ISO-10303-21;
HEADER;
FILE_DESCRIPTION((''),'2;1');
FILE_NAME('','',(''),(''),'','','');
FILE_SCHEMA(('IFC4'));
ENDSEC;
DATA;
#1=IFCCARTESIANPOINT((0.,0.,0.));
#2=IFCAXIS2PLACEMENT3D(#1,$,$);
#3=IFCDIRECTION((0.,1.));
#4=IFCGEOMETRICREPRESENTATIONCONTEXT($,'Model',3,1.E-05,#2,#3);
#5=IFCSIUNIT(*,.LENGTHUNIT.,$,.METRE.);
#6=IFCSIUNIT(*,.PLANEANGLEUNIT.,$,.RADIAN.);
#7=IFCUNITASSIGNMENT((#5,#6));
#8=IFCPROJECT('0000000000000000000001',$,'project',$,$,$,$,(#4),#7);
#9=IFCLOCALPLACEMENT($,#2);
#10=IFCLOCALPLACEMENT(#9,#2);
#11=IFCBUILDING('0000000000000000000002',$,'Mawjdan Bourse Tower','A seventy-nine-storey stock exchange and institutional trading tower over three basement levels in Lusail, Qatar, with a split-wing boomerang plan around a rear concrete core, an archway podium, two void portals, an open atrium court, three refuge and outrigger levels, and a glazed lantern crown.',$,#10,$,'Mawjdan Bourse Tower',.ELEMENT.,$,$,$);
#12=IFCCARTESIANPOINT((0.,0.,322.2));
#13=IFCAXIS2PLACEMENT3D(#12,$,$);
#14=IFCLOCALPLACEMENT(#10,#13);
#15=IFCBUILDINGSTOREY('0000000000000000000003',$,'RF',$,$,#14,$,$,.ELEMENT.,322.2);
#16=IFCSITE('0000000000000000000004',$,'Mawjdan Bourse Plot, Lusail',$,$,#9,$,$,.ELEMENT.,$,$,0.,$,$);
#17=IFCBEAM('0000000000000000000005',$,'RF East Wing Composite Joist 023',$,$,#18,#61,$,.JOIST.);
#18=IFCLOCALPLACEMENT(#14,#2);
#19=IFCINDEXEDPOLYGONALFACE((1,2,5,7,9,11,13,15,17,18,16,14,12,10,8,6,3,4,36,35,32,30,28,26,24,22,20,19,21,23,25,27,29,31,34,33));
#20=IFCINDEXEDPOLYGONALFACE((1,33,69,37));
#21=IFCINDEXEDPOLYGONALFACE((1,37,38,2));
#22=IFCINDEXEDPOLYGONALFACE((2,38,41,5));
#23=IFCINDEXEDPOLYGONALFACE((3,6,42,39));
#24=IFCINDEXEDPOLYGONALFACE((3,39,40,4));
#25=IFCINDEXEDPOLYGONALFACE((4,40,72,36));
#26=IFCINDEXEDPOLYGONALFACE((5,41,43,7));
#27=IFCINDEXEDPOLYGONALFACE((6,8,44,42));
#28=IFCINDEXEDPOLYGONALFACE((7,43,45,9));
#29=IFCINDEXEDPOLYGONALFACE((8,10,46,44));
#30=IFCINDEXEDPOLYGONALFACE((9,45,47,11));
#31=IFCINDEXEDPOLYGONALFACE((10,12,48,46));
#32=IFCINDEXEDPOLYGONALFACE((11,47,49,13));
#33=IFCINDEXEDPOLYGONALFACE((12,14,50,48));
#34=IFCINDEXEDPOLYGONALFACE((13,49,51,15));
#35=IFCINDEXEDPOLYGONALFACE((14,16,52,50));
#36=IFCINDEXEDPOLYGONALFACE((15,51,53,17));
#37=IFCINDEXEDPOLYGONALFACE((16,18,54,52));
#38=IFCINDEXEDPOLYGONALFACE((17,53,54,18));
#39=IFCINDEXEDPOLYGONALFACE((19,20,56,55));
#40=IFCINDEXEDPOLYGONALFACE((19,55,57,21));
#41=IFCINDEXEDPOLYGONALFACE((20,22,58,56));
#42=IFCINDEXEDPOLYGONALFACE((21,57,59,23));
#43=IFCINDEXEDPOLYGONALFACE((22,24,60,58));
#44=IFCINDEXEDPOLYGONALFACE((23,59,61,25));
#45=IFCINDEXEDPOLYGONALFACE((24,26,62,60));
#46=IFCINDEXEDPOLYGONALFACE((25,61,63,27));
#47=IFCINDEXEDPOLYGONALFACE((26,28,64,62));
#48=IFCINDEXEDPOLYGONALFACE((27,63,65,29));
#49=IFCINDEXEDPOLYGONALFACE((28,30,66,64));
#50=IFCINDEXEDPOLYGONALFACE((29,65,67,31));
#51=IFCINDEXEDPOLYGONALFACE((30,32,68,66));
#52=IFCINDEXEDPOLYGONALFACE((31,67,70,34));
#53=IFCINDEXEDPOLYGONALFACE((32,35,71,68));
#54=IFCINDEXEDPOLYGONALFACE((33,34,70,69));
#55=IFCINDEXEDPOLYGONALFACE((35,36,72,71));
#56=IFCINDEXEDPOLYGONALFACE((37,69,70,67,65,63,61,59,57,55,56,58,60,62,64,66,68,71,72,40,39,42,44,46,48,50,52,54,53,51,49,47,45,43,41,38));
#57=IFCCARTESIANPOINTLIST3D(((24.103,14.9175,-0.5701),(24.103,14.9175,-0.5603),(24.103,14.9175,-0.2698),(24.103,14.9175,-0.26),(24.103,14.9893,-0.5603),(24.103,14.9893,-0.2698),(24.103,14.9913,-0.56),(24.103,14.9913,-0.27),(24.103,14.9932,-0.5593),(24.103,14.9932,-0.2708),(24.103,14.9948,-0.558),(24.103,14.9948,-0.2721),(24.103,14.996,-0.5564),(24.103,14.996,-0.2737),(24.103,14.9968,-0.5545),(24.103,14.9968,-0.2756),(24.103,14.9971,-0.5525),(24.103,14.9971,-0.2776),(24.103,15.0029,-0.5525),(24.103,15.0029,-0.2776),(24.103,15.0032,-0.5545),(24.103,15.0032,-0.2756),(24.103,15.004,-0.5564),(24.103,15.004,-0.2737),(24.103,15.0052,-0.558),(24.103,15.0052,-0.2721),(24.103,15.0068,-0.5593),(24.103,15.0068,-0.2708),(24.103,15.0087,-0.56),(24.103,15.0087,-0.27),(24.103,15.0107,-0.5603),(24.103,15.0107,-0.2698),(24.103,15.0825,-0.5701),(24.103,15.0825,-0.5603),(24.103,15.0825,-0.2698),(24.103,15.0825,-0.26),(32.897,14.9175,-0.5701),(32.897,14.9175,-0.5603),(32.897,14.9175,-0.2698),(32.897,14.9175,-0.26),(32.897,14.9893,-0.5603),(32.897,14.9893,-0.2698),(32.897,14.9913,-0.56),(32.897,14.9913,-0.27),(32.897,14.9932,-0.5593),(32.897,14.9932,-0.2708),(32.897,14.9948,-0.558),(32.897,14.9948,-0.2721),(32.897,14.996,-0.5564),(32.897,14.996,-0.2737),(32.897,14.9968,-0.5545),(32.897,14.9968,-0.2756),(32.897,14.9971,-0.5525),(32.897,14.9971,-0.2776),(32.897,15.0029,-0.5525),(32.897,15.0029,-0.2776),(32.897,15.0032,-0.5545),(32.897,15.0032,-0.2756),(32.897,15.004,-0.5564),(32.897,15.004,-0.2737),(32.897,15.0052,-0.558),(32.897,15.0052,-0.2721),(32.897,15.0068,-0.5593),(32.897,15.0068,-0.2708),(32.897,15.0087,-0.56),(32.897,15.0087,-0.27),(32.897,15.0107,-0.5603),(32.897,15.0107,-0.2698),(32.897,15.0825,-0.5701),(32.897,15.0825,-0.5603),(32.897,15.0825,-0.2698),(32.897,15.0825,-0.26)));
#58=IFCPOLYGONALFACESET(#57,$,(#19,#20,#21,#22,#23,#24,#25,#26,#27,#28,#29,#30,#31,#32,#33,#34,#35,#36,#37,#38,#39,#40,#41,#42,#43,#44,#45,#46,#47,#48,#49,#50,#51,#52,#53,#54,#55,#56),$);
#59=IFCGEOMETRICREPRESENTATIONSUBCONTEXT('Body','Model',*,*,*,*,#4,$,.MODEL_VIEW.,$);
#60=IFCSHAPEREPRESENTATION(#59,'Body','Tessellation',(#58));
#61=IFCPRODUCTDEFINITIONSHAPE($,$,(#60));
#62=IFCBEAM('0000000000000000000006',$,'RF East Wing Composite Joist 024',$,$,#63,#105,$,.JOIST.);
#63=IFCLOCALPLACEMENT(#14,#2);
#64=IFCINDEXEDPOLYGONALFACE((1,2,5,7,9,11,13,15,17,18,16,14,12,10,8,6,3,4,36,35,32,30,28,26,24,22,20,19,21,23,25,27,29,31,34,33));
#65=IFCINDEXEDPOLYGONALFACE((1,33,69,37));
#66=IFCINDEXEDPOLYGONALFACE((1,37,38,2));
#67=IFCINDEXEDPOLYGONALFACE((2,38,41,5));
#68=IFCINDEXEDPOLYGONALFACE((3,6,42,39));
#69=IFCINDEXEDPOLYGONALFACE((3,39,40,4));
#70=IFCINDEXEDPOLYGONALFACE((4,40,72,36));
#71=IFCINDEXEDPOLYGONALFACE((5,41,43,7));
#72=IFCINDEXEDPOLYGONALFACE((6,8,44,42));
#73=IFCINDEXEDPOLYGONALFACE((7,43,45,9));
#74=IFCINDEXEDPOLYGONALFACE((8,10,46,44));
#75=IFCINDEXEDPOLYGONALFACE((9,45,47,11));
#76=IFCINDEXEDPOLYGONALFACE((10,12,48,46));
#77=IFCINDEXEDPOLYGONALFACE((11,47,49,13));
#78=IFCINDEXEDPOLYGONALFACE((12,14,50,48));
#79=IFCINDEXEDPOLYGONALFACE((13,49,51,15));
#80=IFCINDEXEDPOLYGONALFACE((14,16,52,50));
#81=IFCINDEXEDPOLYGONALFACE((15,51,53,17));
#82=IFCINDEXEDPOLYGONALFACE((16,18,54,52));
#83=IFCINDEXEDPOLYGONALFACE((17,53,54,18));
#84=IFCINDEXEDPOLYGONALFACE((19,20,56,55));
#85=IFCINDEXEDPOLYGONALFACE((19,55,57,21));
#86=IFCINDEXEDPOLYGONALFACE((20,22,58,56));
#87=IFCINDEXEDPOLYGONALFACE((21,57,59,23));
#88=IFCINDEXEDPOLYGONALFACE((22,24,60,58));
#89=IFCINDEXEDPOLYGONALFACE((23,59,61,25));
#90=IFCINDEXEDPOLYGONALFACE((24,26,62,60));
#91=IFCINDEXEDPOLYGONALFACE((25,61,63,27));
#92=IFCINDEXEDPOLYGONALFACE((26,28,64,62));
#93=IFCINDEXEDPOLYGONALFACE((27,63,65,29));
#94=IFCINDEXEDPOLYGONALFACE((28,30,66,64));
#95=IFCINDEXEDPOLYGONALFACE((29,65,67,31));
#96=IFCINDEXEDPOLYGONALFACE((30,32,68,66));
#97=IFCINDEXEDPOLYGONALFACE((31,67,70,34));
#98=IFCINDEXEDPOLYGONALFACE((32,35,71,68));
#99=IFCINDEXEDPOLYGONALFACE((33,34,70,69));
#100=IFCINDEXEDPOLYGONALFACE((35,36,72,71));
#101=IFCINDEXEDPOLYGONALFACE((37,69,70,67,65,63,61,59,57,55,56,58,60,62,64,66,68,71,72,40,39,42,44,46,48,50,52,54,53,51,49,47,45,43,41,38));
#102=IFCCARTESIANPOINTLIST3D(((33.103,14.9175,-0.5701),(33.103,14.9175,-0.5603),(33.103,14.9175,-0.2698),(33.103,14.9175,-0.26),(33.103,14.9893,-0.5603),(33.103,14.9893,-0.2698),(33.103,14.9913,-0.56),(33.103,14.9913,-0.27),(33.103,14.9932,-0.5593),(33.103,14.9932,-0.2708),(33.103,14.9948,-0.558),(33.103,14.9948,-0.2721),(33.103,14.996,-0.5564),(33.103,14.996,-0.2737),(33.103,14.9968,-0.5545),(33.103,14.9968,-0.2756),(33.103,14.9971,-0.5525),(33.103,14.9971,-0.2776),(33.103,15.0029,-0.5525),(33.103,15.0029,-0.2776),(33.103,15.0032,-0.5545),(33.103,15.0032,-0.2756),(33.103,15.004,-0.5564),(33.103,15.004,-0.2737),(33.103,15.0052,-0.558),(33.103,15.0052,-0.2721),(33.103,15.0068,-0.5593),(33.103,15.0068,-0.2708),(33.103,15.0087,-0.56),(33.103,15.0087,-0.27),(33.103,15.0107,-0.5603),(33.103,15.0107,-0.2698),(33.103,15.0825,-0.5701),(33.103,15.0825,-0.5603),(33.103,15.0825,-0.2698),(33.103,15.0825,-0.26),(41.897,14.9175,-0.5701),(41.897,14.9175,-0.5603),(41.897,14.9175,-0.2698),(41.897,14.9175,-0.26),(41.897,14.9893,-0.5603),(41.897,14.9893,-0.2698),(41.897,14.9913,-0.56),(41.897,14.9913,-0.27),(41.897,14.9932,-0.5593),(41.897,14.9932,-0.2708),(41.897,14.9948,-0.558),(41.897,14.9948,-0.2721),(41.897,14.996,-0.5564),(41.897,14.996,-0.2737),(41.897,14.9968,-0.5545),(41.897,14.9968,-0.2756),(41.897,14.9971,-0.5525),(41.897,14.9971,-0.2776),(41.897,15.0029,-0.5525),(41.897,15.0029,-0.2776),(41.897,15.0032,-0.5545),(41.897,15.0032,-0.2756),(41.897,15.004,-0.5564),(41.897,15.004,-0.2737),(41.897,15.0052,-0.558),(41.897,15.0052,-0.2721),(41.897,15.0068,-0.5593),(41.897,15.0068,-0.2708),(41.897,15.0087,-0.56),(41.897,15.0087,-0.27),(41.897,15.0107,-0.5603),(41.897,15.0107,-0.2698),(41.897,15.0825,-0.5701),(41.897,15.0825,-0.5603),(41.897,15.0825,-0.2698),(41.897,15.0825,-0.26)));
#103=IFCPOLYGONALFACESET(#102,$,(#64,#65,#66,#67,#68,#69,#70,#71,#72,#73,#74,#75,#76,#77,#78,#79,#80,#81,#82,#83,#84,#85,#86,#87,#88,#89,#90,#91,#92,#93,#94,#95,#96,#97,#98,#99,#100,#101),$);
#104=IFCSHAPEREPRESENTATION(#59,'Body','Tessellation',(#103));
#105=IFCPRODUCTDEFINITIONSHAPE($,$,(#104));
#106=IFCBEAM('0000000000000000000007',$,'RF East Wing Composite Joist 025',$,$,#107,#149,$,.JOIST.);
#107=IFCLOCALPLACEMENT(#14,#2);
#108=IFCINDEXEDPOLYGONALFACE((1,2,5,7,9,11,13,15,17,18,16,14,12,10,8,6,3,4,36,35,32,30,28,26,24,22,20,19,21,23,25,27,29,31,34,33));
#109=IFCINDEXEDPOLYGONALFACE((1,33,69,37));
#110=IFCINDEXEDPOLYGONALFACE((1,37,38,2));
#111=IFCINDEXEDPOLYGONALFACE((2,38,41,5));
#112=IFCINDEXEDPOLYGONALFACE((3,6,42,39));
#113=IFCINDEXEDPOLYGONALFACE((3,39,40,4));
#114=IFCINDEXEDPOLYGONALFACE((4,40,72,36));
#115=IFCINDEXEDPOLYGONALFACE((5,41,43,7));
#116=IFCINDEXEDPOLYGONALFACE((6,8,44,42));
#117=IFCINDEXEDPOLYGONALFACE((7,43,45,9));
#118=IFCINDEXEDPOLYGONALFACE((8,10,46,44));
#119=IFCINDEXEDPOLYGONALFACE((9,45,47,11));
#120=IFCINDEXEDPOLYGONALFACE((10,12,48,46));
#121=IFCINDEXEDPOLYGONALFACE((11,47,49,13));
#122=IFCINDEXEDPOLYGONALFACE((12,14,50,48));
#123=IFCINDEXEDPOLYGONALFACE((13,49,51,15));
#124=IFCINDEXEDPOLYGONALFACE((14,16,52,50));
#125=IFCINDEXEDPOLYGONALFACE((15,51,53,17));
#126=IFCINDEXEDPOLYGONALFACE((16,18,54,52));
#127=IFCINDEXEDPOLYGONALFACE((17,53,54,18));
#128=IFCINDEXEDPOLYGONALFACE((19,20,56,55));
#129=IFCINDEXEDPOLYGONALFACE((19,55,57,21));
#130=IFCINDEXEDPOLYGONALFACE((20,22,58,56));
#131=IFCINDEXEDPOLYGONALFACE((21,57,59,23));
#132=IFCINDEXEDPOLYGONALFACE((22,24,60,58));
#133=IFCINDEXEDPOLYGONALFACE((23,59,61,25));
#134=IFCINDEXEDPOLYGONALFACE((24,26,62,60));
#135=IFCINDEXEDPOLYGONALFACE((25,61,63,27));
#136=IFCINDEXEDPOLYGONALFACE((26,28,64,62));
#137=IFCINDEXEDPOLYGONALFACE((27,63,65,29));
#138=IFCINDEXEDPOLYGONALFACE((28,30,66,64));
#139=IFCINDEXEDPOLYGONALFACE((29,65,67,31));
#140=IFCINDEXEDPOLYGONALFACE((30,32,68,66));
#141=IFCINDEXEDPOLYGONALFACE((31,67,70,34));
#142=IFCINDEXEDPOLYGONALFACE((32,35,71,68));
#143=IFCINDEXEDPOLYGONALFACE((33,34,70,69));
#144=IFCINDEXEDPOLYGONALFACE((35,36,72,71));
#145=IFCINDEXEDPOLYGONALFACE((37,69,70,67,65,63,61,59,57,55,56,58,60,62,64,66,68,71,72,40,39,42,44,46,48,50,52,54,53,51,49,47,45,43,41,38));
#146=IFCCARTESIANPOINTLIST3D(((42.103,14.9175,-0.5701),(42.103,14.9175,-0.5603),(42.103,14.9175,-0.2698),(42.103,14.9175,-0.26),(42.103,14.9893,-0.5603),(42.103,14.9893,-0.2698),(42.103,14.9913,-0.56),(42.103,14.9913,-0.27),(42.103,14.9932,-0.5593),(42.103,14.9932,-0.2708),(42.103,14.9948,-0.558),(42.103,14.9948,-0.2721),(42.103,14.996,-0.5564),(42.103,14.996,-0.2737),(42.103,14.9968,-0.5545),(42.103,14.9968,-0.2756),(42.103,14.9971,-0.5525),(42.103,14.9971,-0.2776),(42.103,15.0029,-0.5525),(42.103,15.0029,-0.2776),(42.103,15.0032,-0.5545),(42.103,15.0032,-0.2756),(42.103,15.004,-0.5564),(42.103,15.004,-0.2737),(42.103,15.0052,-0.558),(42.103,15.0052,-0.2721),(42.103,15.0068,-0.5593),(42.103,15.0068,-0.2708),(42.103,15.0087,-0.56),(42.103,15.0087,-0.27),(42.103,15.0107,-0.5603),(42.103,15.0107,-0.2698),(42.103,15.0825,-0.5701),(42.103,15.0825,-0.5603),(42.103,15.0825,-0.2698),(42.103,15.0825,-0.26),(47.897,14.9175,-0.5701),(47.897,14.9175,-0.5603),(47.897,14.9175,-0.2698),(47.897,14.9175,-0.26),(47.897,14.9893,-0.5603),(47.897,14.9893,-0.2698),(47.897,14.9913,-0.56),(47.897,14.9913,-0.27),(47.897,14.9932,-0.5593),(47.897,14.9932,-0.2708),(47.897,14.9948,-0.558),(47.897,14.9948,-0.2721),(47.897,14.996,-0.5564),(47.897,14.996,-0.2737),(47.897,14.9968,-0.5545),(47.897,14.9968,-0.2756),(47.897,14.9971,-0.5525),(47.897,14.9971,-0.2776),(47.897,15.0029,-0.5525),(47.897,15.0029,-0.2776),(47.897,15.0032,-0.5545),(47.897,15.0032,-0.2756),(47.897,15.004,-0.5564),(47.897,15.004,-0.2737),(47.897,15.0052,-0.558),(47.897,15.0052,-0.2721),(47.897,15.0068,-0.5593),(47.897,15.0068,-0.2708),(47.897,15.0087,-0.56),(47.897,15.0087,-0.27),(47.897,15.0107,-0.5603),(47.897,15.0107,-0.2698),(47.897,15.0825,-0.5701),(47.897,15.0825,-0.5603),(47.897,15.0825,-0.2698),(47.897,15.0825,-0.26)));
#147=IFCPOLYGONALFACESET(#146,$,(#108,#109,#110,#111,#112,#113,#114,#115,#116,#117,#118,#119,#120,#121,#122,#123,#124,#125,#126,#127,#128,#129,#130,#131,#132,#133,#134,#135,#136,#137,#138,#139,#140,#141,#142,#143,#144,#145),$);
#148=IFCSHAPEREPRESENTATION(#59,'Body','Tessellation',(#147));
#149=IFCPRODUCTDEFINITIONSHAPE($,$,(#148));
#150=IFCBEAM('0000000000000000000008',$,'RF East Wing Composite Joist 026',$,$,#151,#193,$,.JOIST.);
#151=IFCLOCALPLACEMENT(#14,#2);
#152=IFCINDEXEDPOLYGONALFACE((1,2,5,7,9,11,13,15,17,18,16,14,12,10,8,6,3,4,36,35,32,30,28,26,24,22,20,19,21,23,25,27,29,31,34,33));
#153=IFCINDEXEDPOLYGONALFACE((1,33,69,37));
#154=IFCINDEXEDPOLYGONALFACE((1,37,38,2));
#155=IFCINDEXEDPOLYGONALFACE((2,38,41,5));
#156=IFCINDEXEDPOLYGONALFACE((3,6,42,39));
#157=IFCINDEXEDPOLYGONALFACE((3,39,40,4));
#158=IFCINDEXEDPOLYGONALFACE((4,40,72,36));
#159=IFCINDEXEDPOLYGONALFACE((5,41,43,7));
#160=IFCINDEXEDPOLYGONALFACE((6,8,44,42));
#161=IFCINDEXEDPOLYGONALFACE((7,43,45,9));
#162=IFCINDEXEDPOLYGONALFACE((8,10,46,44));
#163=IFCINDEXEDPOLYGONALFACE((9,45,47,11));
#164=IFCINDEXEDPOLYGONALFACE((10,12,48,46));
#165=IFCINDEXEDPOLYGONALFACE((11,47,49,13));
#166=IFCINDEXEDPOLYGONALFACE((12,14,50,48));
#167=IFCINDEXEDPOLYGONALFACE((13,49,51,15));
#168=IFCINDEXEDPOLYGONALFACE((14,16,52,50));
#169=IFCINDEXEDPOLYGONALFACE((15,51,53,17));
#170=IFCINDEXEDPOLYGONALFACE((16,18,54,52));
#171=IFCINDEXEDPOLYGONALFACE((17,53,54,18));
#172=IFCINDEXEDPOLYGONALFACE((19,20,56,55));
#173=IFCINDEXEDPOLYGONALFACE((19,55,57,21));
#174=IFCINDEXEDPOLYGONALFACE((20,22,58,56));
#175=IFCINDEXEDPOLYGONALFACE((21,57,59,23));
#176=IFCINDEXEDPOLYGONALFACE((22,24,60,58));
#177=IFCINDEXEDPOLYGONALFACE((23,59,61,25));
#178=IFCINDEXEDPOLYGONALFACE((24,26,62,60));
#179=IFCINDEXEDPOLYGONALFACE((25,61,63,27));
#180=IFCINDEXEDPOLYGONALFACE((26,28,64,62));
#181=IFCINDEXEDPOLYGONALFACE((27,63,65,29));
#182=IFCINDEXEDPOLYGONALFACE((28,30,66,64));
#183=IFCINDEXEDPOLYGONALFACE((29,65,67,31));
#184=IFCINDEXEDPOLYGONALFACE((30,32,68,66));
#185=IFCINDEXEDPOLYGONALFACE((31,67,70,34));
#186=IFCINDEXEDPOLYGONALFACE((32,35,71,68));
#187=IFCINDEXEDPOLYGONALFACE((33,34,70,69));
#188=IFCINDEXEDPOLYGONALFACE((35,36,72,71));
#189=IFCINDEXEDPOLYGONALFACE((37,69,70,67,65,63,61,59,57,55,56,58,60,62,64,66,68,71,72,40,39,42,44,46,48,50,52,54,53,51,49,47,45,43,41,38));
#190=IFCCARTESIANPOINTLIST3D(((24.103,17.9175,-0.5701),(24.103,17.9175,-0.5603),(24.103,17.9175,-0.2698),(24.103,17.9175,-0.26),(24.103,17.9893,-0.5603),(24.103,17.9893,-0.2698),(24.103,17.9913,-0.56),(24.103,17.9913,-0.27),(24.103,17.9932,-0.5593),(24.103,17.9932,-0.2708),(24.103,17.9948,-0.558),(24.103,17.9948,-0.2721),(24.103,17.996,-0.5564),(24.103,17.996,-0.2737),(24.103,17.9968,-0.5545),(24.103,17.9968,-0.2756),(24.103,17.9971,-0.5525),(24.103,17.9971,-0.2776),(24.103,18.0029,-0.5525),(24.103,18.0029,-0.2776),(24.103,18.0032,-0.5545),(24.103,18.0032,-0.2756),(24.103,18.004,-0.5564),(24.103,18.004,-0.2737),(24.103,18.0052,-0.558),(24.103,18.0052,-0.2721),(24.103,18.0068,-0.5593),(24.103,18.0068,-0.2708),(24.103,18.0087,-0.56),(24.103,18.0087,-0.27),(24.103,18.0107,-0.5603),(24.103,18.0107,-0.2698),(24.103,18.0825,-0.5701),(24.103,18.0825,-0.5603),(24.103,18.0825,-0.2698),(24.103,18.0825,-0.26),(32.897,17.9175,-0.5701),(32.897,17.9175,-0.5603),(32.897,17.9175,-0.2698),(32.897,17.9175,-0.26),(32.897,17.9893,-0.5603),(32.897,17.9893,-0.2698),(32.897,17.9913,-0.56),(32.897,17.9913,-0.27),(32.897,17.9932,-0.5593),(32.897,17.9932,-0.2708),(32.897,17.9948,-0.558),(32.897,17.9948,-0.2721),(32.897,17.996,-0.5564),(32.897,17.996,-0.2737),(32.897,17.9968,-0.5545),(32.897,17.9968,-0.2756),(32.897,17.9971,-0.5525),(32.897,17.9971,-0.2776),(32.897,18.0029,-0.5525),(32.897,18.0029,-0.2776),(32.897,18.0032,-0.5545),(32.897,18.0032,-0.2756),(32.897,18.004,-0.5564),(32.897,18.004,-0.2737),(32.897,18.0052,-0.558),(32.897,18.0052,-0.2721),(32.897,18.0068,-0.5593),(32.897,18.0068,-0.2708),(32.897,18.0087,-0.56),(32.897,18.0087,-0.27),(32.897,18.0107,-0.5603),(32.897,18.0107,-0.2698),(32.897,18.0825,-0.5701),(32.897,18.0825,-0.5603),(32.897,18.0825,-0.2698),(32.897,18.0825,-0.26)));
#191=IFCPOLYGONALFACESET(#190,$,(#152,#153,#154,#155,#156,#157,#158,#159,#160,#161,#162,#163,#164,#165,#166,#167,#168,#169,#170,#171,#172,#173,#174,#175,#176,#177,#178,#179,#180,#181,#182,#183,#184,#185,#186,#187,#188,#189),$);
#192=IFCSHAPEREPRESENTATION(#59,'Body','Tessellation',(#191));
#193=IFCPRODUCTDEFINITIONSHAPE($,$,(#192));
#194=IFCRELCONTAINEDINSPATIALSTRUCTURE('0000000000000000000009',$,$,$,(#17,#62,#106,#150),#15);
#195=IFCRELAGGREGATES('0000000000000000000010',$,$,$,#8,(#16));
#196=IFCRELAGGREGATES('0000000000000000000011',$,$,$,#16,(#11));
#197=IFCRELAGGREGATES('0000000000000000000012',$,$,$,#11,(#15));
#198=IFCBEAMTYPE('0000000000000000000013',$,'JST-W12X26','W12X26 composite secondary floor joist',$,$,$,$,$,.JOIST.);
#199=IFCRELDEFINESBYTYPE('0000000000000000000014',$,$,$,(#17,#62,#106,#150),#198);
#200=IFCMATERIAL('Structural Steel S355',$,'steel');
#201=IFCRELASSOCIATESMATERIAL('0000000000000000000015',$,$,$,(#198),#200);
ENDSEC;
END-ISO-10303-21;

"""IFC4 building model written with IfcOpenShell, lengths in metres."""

from ifc_helpers import new_model, si_unit, direction, frame, origin, origin_2d, place, context, subcontext, project, spatial, i_section, extrude, material, material_profile, profile_set, type_object, element, save


model = new_model("IFC4")

# Units and contexts
model_context = context("Model", 3, precision=1e-05, world=origin(), true_north=direction((0.0, 1.0)))
body_context = subcontext(model_context, "Body", "Model", "MODEL_VIEW")
ifc_project = project(units=[si_unit("LENGTHUNIT", "METRE"), si_unit("PLANEANGLEUNIT", "RADIAN")], contexts=[model_context])

# Site, building, storey
site_placement = place(None, origin())
site = spatial("IfcSite", under=ifc_project, at=site_placement, Name="Mawjdan Bourse Plot, Lusail", CompositionType="ELEMENT", RefElevation=0.0)
building_placement = place(site_placement, origin())
building = spatial("IfcBuilding", under=site, at=building_placement, Name="Mawjdan Bourse Tower", Description="A seventy-nine-storey stock exchange and institutional trading tower over three basement levels in Lusail, Qatar, with a split-wing boomerang plan around a rear concrete core, an archway podium, two void portals, an open atrium court, three refuge and outrigger levels, and a glazed lantern crown.", LongName="Mawjdan Bourse Tower", CompositionType="ELEMENT")
storey_placement = place(building_placement, frame((0.0, 0.0, 322.2)))
storey = spatial("IfcBuildingStorey", under=building, at=storey_placement, Name="RF", CompositionType="ELEMENT", Elevation=322.2)

# Beams
ifc_material_1 = material(Name="Structural Steel S355", Category="steel")
ifc_material_profile_1 = material_profile(ifc_material_1, i_section(OverallWidth=0.165, OverallDepth=0.3101, WebThickness=0.0059, FlangeThickness=0.0098, FilletRadius=0.0078, at=origin_2d()), Name="W12X26")
ifc_profile_set_1 = profile_set([ifc_material_profile_1], Name="Structural Steel S355")
beam_type_1 = type_object("IfcBeamType", Name="JST-W12X26", Description="W12X26 composite secondary floor joist", PredefinedType="JOIST", material=ifc_profile_set_1)
for number, where, z_axis, x_axis, name in (
    (1, (24.103, 15.0, -0.415), (1.0, 0.0, 0.0), (0.0, 1.0, 0.0), "RF East Wing Composite Joist 023"),
    (2, (33.103, 15.0, -0.415), (1.0, 0.0, 0.0), (0.0, 1.0, 0.0), "RF East Wing Composite Joist 024"),
):
    element("IfcBeam", number, at=place(storey_placement, frame(where, z_axis=z_axis, x_axis=x_axis)), inside=storey, type_object=beam_type_1, Name=name, PredefinedType="JOIST", context=body_context, shape_type="SweptSolid", body=[
        extrude(i_section(OverallWidth=0.165, OverallDepth=0.3101, WebThickness=0.0059, FlangeThickness=0.0098, FilletRadius=0.0078, at=origin_2d()), origin(), (0.0, 0.0, 1.0), 8.7939),
    ])
beam_1_placement = place(storey_placement, frame((42.103, 15.0, -0.415), z_axis=(1.0, 0.0, 0.0), x_axis=(0.0, 1.0, 0.0)))
element("IfcBeam", 3, at=beam_1_placement, inside=storey, type_object=beam_type_1, Name="RF East Wing Composite Joist 025", PredefinedType="JOIST", context=body_context, shape_type="SweptSolid", body=[
    extrude(i_section(OverallWidth=0.165, OverallDepth=0.3101, WebThickness=0.0059, FlangeThickness=0.0098, FilletRadius=0.0078, at=origin_2d()), origin(), (0.0, 0.0, 1.0), 5.7939),
])
for number, where, z_axis, x_axis, name in (
    (4, (24.103, 18.0, -0.415), (1.0, 0.0, 0.0), (0.0, 1.0, 0.0), "RF East Wing Composite Joist 026"),
):
    element("IfcBeam", number, at=place(storey_placement, frame(where, z_axis=z_axis, x_axis=x_axis)), inside=storey, type_object=beam_type_1, Name=name, PredefinedType="JOIST", context=body_context, shape_type="SweptSolid", body=[
        extrude(i_section(OverallWidth=0.165, OverallDepth=0.3101, WebThickness=0.0059, FlangeThickness=0.0098, FilletRadius=0.0078, at=origin_2d()), origin(), (0.0, 0.0, 1.0), 8.7939),
    ])

save(model, "model.ifc")
